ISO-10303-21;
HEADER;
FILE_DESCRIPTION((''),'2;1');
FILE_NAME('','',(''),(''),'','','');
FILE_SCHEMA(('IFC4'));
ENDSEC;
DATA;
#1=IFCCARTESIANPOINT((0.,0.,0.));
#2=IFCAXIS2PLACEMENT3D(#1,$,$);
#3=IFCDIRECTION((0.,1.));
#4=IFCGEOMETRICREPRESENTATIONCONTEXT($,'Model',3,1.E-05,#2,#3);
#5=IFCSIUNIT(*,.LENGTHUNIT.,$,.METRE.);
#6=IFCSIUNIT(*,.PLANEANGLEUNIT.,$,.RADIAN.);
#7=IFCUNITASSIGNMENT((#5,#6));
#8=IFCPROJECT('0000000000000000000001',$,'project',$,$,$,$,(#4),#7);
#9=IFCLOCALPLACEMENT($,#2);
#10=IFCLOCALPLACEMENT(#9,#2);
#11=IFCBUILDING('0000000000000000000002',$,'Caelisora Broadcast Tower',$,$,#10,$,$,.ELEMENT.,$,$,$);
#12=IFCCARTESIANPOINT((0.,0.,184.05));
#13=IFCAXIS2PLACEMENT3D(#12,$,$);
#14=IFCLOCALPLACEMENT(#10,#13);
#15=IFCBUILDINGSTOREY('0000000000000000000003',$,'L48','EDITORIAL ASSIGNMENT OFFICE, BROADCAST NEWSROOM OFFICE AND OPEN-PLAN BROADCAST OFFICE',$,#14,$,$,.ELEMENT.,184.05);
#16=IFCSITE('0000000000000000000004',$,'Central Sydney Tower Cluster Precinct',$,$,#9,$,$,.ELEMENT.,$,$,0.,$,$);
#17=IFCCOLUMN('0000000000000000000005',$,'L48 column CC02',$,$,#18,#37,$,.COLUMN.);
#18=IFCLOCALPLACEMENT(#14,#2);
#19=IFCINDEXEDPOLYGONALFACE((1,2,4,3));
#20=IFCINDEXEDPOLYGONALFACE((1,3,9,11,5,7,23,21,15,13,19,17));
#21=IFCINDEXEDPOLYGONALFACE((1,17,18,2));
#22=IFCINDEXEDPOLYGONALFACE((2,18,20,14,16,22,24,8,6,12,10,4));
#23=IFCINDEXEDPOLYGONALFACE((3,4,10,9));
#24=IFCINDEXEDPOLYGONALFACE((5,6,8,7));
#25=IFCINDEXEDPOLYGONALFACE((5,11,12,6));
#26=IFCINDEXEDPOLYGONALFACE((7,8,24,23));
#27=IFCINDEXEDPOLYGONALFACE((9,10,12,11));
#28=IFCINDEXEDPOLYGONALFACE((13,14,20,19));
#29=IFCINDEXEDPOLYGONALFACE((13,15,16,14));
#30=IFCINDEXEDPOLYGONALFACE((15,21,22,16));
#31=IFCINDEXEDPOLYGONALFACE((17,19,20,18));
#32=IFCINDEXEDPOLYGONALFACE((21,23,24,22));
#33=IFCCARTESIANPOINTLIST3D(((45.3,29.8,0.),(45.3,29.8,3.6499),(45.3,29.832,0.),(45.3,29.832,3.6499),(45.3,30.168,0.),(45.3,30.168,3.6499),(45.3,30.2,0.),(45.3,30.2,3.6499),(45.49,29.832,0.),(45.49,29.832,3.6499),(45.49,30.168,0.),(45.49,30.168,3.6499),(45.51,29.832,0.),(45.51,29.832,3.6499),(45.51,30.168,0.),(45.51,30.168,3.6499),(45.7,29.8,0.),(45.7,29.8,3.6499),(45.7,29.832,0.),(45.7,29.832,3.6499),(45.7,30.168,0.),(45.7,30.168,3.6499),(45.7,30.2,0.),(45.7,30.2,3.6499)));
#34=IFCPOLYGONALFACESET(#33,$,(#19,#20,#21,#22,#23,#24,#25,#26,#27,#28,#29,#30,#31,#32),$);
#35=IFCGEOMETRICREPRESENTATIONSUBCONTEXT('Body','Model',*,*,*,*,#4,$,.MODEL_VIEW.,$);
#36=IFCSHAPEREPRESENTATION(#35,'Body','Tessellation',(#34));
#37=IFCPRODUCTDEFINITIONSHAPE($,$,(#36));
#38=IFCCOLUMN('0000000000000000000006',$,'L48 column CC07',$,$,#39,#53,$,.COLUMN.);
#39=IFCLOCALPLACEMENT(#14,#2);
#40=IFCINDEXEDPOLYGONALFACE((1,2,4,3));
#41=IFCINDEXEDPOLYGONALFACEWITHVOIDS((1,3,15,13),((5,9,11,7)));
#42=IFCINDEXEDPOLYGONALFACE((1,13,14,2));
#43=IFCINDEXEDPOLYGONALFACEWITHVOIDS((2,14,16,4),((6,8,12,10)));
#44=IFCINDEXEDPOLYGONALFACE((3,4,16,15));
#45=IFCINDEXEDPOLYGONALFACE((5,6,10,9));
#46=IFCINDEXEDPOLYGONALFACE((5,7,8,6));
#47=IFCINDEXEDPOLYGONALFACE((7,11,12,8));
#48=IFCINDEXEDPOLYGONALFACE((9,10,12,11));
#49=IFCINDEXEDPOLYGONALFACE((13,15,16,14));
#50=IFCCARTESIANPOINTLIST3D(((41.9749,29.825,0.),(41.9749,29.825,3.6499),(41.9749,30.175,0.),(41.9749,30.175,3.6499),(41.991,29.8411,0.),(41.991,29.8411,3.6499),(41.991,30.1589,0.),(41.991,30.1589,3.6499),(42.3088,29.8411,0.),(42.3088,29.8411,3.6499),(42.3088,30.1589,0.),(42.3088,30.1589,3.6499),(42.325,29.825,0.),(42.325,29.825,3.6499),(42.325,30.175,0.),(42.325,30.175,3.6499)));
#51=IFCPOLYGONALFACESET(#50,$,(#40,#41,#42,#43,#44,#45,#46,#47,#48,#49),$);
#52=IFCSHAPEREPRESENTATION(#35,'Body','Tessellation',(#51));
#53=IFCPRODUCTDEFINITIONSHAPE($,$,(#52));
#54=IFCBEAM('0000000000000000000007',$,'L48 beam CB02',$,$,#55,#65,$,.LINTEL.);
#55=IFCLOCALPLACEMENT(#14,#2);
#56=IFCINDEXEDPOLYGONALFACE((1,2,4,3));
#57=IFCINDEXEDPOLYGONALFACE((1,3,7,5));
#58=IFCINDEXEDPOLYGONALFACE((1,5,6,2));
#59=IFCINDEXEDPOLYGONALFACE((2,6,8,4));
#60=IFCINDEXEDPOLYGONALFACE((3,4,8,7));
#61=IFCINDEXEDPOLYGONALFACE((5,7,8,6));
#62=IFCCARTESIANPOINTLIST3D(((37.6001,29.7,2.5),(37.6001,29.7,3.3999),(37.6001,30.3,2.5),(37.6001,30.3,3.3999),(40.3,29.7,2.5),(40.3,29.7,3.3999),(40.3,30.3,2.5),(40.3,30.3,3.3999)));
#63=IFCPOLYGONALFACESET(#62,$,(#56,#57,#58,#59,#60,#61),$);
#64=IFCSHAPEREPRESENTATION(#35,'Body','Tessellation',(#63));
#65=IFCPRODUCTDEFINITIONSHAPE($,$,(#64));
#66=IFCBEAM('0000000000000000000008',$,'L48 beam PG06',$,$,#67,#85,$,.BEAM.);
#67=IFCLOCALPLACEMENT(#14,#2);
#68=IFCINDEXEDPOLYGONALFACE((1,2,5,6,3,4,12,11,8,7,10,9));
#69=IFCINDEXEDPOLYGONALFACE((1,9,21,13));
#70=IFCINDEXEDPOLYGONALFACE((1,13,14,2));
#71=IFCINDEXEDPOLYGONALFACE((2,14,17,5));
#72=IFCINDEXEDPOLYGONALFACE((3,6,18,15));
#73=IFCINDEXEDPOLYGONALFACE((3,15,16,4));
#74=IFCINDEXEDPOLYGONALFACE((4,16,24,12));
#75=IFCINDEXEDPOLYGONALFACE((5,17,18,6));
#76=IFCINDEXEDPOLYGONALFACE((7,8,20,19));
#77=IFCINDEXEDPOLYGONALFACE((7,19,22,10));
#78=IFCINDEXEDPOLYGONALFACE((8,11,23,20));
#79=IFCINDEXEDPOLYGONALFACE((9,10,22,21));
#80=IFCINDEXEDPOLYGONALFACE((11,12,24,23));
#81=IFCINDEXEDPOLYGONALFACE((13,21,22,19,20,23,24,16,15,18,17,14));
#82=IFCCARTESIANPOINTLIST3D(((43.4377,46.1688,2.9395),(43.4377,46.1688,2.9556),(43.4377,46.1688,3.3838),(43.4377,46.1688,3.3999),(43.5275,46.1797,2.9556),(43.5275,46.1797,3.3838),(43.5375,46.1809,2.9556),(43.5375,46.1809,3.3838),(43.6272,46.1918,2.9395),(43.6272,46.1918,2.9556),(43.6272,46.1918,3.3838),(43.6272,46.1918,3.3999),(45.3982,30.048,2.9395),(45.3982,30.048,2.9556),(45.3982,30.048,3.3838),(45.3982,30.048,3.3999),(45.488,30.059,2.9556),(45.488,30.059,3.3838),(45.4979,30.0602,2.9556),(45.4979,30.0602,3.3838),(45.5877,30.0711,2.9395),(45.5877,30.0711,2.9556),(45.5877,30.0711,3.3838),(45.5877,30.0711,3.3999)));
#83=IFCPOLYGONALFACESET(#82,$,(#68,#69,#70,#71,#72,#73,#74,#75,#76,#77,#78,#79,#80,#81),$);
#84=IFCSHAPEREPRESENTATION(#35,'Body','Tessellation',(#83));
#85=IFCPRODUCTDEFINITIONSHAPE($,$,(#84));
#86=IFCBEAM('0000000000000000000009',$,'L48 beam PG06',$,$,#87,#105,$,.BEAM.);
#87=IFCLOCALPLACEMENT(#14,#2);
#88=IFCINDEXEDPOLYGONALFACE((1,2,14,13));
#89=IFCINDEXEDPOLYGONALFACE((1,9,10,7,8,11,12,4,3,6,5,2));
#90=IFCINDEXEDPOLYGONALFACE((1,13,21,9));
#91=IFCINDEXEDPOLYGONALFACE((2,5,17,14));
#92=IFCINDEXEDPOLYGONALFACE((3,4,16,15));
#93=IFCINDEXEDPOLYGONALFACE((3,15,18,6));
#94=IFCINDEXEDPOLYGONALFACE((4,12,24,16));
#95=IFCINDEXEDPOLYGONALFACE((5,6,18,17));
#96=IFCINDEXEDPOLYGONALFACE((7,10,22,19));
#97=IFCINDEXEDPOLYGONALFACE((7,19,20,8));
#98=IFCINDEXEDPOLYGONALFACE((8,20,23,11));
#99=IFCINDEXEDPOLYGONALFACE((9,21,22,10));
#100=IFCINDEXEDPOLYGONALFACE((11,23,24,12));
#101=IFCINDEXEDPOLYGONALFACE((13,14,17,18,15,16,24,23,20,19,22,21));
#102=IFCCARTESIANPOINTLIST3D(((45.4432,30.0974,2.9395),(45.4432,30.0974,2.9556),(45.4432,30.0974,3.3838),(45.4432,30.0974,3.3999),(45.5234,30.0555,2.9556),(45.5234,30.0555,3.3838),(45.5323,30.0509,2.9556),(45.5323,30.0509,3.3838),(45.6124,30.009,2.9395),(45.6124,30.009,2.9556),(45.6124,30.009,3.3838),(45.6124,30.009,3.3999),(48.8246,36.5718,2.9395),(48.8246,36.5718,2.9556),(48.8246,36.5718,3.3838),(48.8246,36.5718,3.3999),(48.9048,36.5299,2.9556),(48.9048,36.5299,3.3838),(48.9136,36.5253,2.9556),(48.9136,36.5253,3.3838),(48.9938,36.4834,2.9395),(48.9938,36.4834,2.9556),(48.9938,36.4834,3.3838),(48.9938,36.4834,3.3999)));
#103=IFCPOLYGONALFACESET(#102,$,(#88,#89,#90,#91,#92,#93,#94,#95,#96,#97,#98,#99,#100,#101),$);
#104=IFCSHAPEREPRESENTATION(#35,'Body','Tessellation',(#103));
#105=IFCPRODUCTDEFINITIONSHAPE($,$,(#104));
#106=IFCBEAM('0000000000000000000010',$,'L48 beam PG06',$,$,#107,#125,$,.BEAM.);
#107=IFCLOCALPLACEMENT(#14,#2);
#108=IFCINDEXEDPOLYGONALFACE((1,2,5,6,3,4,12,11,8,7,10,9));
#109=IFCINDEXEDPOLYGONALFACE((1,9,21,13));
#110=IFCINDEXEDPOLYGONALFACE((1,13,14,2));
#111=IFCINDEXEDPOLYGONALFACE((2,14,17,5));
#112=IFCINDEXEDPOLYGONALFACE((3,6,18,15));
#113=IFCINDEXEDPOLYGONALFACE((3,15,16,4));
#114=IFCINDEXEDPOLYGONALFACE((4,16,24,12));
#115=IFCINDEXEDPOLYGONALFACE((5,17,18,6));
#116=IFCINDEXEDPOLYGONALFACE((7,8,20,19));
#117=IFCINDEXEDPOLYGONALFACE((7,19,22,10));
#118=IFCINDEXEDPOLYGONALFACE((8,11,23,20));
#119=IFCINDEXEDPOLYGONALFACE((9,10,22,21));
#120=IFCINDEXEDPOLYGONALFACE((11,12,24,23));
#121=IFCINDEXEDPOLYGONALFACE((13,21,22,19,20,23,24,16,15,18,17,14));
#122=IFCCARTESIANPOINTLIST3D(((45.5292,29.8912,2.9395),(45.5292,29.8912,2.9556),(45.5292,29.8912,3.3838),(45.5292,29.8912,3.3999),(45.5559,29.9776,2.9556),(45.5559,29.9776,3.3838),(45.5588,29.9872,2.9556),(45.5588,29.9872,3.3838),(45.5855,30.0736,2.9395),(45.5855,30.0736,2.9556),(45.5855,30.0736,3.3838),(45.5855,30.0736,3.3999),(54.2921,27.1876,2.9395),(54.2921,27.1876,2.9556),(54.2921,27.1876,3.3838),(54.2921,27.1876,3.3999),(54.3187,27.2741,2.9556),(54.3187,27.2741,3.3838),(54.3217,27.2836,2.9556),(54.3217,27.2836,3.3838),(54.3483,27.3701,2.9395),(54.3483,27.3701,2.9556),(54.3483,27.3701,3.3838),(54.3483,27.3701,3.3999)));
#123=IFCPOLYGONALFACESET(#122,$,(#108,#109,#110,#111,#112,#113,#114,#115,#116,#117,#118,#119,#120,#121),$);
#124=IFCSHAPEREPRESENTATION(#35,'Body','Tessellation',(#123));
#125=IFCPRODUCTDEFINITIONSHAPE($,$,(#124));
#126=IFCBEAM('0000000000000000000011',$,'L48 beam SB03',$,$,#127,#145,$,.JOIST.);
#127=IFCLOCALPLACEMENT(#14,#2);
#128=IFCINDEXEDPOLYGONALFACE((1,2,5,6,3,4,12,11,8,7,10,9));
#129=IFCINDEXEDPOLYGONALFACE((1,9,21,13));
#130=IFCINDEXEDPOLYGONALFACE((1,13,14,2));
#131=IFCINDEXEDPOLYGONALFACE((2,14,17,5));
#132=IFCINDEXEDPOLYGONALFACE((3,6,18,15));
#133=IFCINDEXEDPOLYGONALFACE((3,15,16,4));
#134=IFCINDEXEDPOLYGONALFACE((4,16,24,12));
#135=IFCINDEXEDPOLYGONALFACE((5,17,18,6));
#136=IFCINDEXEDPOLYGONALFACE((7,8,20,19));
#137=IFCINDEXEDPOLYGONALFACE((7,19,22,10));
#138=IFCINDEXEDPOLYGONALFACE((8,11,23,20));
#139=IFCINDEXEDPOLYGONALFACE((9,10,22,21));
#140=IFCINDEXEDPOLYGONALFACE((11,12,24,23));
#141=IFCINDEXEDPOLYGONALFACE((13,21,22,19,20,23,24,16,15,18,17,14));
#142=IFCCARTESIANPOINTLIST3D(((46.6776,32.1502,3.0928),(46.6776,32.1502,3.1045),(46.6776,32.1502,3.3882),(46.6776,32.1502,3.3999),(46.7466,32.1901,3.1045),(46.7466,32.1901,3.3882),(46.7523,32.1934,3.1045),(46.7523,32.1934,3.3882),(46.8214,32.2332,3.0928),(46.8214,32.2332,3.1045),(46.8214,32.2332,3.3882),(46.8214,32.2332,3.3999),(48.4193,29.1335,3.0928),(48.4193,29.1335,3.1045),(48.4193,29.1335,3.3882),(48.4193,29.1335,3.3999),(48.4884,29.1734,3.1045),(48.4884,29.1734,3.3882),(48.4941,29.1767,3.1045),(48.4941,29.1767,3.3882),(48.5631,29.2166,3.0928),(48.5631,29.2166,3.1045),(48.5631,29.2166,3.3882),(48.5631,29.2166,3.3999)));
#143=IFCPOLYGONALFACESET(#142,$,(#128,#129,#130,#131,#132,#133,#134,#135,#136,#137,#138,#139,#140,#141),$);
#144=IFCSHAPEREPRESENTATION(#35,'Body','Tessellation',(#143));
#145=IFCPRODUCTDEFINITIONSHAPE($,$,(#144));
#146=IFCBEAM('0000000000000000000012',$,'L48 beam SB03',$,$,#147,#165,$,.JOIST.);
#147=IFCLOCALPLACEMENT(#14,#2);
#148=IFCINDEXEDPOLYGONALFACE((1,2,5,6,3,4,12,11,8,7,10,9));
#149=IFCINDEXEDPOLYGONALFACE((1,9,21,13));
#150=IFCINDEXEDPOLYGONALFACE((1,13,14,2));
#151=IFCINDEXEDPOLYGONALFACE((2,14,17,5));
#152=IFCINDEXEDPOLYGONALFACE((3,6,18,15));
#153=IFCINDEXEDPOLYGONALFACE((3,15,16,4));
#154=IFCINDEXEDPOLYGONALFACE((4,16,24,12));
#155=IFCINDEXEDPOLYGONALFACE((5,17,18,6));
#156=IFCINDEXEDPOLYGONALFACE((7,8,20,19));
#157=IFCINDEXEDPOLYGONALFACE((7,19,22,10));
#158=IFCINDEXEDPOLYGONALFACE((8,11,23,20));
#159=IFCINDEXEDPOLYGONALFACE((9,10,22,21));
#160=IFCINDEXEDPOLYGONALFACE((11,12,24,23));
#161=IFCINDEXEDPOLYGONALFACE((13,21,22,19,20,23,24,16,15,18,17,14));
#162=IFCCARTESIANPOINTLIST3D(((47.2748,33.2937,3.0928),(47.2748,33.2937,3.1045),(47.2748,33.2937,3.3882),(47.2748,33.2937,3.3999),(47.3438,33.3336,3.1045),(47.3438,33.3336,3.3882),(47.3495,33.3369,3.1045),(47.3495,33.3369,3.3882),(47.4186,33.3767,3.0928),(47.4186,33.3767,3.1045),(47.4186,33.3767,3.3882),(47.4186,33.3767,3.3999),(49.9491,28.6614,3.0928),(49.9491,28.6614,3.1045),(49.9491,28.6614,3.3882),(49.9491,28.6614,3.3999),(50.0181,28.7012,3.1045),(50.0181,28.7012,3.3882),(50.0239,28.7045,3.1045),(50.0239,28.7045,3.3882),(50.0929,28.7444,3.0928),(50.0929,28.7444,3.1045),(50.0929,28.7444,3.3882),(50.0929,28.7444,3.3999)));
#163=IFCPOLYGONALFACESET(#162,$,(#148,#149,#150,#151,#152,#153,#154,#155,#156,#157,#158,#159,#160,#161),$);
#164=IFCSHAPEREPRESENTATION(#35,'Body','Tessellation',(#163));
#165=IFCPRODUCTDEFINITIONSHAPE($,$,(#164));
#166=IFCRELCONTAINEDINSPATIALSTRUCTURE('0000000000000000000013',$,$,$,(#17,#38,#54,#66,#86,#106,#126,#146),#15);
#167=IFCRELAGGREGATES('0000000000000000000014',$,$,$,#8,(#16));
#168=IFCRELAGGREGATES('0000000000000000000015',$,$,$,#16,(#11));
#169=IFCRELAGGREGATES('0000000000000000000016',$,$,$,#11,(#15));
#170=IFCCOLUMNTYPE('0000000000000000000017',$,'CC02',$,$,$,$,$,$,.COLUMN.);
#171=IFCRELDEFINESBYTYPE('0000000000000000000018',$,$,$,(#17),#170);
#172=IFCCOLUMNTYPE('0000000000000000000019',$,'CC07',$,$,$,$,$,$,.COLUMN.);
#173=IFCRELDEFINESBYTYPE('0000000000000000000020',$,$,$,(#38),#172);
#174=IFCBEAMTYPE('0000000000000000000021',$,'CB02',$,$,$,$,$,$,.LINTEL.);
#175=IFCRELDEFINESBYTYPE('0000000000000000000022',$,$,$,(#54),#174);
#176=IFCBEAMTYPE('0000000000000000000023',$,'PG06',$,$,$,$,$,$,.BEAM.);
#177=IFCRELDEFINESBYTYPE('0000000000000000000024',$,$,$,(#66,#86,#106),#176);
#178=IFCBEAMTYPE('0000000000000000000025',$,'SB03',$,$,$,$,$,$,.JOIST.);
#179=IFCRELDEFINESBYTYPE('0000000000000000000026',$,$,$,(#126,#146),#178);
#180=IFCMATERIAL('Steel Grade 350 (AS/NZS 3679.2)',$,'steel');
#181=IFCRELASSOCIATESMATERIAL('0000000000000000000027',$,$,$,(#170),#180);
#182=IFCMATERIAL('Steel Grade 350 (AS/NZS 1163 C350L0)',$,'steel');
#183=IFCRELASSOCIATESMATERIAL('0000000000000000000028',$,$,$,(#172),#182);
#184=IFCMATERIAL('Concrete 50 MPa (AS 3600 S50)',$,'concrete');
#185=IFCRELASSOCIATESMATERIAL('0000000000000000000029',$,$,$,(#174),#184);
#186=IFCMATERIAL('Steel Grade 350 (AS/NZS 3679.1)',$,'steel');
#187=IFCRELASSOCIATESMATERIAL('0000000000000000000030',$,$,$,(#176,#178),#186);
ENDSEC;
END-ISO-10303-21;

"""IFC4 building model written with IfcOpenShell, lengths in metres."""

from ifc_helpers import new_model, si_unit, direction, frame, origin, origin_2d, place, context, subcontext, project, spatial, rectangle, hollow_rectangle, i_section, extrude, source, transform, mapped, material, material_profile, profile_set, type_object, type_shapes, element, save


model = new_model("IFC4")

# Units and contexts
model_context = context("Model", 3, precision=1e-05, world=origin(), true_north=direction((0.0, 1.0)))
body_context = subcontext(model_context, "Body", "Model", "MODEL_VIEW")
ifc_project = project(units=[si_unit("LENGTHUNIT", "METRE"), si_unit("PLANEANGLEUNIT", "RADIAN")], contexts=[model_context])

# Site, building, storey
site_placement = place(None, origin())
site = spatial("IfcSite", under=ifc_project, at=site_placement, Name="Central Sydney Tower Cluster Precinct", CompositionType="ELEMENT", RefElevation=0.0)
building_placement = place(site_placement, origin())
building = spatial("IfcBuilding", under=site, at=building_placement, Name="Caelisora Broadcast Tower", CompositionType="ELEMENT")
storey_placement = place(building_placement, frame((0.0, 0.0, 184.05)))
storey = spatial("IfcBuildingStorey", under=building, at=storey_placement, Name="L48", Description="EDITORIAL ASSIGNMENT OFFICE, BROADCAST NEWSROOM OFFICE AND OPEN-PLAN BROADCAST OFFICE", CompositionType="ELEMENT", Elevation=184.05)

# Columns
ifc_material_1 = material(Name="Steel Grade 350 (AS/NZS 3679.2)", Category="steel")
ifc_material_profile_1 = material_profile(ifc_material_1, i_section(OverallWidth=0.3999, OverallDepth=0.3999, WebThickness=0.02, FlangeThickness=0.032, at=origin_2d()), Name="Steel Grade 350 (AS/NZS 3679.2)")
ifc_profile_set_1 = profile_set([ifc_material_profile_1], Name="Steel Grade 350 (AS/NZS 3679.2)")
column_type_1 = type_object("IfcColumnType", Name="CC02", PredefinedType="COLUMN", material=ifc_profile_set_1)
shared_shape_1 = source(origin(), body_context, "Body", "SweptSolid", [
    extrude(i_section(OverallWidth=0.3999, OverallDepth=0.3999, WebThickness=0.02, FlangeThickness=0.032, at=origin_2d()), origin(), (0.0, 0.0, 1.0), 3.6499),
])
type_shapes(column_type_1, [shared_shape_1])
column_1_placement = place(storey_placement, frame((45.5, 30.0, 0.0), z_axis=(0.0, 0.0, 1.0), x_axis=(1.0, 0.0, 0.0)))
element("IfcColumn", 1, at=column_1_placement, inside=storey, type_object=column_type_1, Name="L48 column CC02", PredefinedType="COLUMN", context=body_context, shape_type="MappedRepresentation", body=[
    mapped(shared_shape_1, transform((0.0, 0.0, 0.0), scale=1.0)),
])
ifc_material_2 = material(Name="Steel Grade 350 (AS/NZS 1163 C350L0)", Category="steel")
ifc_material_profile_2 = material_profile(ifc_material_2, hollow_rectangle(XDim=0.3501, YDim=0.3501, WallThickness=0.0161, at=origin_2d()), Name="Steel Grade 350 (AS/NZS 1163 C350L0)")
ifc_profile_set_2 = profile_set([ifc_material_profile_2], Name="Steel Grade 350 (AS/NZS 1163 C350L0)")
column_type_2 = type_object("IfcColumnType", Name="CC07", PredefinedType="COLUMN", material=ifc_profile_set_2)
shared_shape_2 = source(origin(), body_context, "Body", "SweptSolid", [
    extrude(hollow_rectangle(XDim=0.3501, YDim=0.3501, WallThickness=0.0161, at=origin_2d()), origin(), (0.0, 0.0, 1.0), 3.6499),
])
type_shapes(column_type_2, [shared_shape_2])
column_2_placement = place(storey_placement, frame((42.1499, 30.0, 0.0), z_axis=(0.0, 0.0, 1.0), x_axis=(1.0, 0.0, 0.0)))
element("IfcColumn", 2, at=column_2_placement, inside=storey, type_object=column_type_2, Name="L48 column CC07", PredefinedType="COLUMN", context=body_context, shape_type="MappedRepresentation", body=[
    mapped(shared_shape_2, transform((0.0, 0.0, 0.0), scale=1.0)),
])

# Beams
ifc_material_3 = material(Name="Concrete 50 MPa (AS 3600 S50)", Category="concrete")
ifc_material_profile_3 = material_profile(ifc_material_3, rectangle(XDim=0.6001, YDim=0.8999, at=origin_2d()), Name="Concrete 50 MPa (AS 3600 S50)")
ifc_profile_set_3 = profile_set([ifc_material_profile_3], Name="Concrete 50 MPa (AS 3600 S50)")
beam_type_1 = type_object("IfcBeamType", Name="CB02", PredefinedType="LINTEL", material=ifc_profile_set_3)
shared_shape_3 = source(origin(), body_context, "Body", "SweptSolid", [
    extrude(rectangle(XDim=0.6001, YDim=0.8999, at=origin_2d()), origin(), (0.0, 0.0, 1.0), 2.7),
])
type_shapes(beam_type_1, [shared_shape_3])
beam_1_placement = place(storey_placement, frame((37.6001, 30.0, 2.95), z_axis=(1.0, 0.0, 0.0), x_axis=(0.0, 1.0, 0.0)))
element("IfcBeam", 3, at=beam_1_placement, inside=storey, type_object=beam_type_1, Name="L48 beam CB02", PredefinedType="LINTEL", context=body_context, shape_type="MappedRepresentation", body=[
    mapped(shared_shape_3, transform((0.0, 0.0, 0.0), scale=1.0)),
])
ifc_material_4 = material(Name="Steel Grade 350 (AS/NZS 3679.1)", Category="steel")
ifc_material_profile_4 = material_profile(ifc_material_4, i_section(OverallWidth=0.1909, OverallDepth=0.4604, WebThickness=0.01, FlangeThickness=0.0161, at=origin_2d()), Name="Steel Grade 350 (AS/NZS 3679.1)")
ifc_profile_set_4 = profile_set([ifc_material_profile_4], Name="Steel Grade 350 (AS/NZS 3679.1)")
beam_type_2 = type_object("IfcBeamType", Name="PG06", PredefinedType="BEAM", material=ifc_profile_set_4)
shared_shape_4 = source(origin(), body_context, "Body", "SweptSolid", [
    extrude(i_section(OverallWidth=0.1909, OverallDepth=0.4604, WebThickness=0.01, FlangeThickness=0.0161, at=origin_2d()), origin(), (0.0, 0.0, 1.0), 16.2395),
])
beam_2_placement = place(storey_placement, frame((45.4929, 30.0596, 3.1697), z_axis=(-0.12072, 0.992687, 0.0), x_axis=(-0.992687, -0.12072, 0.0)))
element("IfcBeam", 4, at=beam_2_placement, inside=storey, type_object=beam_type_2, Name="L48 beam PG06", PredefinedType="BEAM", context=body_context, shape_type="MappedRepresentation", body=[
    mapped(shared_shape_4, transform((0.0, 0.0, 0.0), scale=1.0)),
])
shared_shape_5 = source(origin(), body_context, "Body", "SweptSolid", [
    extrude(i_section(OverallWidth=0.1909, OverallDepth=0.4604, WebThickness=0.01, FlangeThickness=0.0161, at=origin_2d()), origin(), (0.0, 0.0, 1.0), 7.3042),
])
beam_3_placement = place(storey_placement, frame((45.5278, 30.0532, 3.1697), z_axis=(0.462934, 0.886393, 0.0), x_axis=(-0.886393, 0.462934, 0.0)))
element("IfcBeam", 5, at=beam_3_placement, inside=storey, type_object=beam_type_2, Name="L48 beam PG06", PredefinedType="BEAM", context=body_context, shape_type="MappedRepresentation", body=[
    mapped(shared_shape_5, transform((0.0, 0.0, 0.0), scale=1.0)),
])
shared_shape_6 = source(origin(), body_context, "Body", "SweptSolid", [
    extrude(i_section(OverallWidth=0.1909, OverallDepth=0.4604, WebThickness=0.01, FlangeThickness=0.0161, at=origin_2d()), origin(), (0.0, 0.0, 1.0), 9.1704),
])
type_shapes(beam_type_2, [shared_shape_4, shared_shape_5, shared_shape_6])
beam_4_placement = place(storey_placement, frame((45.5574, 29.9824, 3.1697), z_axis=(0.955554, -0.294815, 0.0), x_axis=(0.294815, 0.955554, 0.0)))
element("IfcBeam", 6, at=beam_4_placement, inside=storey, type_object=beam_type_2, Name="L48 beam PG06", PredefinedType="BEAM", context=body_context, shape_type="MappedRepresentation", body=[
    mapped(shared_shape_6, transform((0.0, 0.0, 0.0), scale=1.0)),
])
ifc_material_profile_5 = material_profile(ifc_material_4, i_section(OverallWidth=0.166, OverallDepth=0.3071, WebThickness=0.0066, FlangeThickness=0.0117, at=origin_2d()), Name="Steel Grade 350 (AS/NZS 3679.1)")
ifc_profile_set_5 = profile_set([ifc_material_profile_5], Name="Steel Grade 350 (AS/NZS 3679.1)")
beam_type_3 = type_object("IfcBeamType", Name="SB03", PredefinedType="JOIST", material=ifc_profile_set_5)
shared_shape_7 = source(origin(), body_context, "Body", "SweptSolid", [
    extrude(i_section(OverallWidth=0.166, OverallDepth=0.3071, WebThickness=0.0066, FlangeThickness=0.0117, at=origin_2d()), origin(), (0.0, 0.0, 1.0), 3.4834),
])
beam_5_placement = place(storey_placement, frame((48.4912, 29.175, 3.2463), z_axis=(-0.500014, 0.866018, 0.0), x_axis=(-0.866018, -0.500014, 0.0)))
element("IfcBeam", 7, at=beam_5_placement, inside=storey, type_object=beam_type_3, Name="L48 beam SB03", PredefinedType="JOIST", context=body_context, shape_type="MappedRepresentation", body=[
    mapped(shared_shape_7, transform((0.0, 0.0, 0.0), scale=1.0)),
])
shared_shape_8 = source(origin(), body_context, "Body", "SweptSolid", [
    extrude(i_section(OverallWidth=0.166, OverallDepth=0.3071, WebThickness=0.0066, FlangeThickness=0.0117, at=origin_2d()), origin(), (0.0, 0.0, 1.0), 5.3489),
])
type_shapes(beam_type_3, [shared_shape_7, shared_shape_8])
beam_6_placement = place(storey_placement, frame((50.021, 28.7029, 3.2463), z_axis=(-0.499978, 0.866038, 0.0), x_axis=(-0.866038, -0.499978, 0.0)))
element("IfcBeam", 8, at=beam_6_placement, inside=storey, type_object=beam_type_3, Name="L48 beam SB03", PredefinedType="JOIST", context=body_context, shape_type="MappedRepresentation", body=[
    mapped(shared_shape_8, transform((0.0, 0.0, 0.0), scale=1.0)),
])

save(model, "model.ifc")
